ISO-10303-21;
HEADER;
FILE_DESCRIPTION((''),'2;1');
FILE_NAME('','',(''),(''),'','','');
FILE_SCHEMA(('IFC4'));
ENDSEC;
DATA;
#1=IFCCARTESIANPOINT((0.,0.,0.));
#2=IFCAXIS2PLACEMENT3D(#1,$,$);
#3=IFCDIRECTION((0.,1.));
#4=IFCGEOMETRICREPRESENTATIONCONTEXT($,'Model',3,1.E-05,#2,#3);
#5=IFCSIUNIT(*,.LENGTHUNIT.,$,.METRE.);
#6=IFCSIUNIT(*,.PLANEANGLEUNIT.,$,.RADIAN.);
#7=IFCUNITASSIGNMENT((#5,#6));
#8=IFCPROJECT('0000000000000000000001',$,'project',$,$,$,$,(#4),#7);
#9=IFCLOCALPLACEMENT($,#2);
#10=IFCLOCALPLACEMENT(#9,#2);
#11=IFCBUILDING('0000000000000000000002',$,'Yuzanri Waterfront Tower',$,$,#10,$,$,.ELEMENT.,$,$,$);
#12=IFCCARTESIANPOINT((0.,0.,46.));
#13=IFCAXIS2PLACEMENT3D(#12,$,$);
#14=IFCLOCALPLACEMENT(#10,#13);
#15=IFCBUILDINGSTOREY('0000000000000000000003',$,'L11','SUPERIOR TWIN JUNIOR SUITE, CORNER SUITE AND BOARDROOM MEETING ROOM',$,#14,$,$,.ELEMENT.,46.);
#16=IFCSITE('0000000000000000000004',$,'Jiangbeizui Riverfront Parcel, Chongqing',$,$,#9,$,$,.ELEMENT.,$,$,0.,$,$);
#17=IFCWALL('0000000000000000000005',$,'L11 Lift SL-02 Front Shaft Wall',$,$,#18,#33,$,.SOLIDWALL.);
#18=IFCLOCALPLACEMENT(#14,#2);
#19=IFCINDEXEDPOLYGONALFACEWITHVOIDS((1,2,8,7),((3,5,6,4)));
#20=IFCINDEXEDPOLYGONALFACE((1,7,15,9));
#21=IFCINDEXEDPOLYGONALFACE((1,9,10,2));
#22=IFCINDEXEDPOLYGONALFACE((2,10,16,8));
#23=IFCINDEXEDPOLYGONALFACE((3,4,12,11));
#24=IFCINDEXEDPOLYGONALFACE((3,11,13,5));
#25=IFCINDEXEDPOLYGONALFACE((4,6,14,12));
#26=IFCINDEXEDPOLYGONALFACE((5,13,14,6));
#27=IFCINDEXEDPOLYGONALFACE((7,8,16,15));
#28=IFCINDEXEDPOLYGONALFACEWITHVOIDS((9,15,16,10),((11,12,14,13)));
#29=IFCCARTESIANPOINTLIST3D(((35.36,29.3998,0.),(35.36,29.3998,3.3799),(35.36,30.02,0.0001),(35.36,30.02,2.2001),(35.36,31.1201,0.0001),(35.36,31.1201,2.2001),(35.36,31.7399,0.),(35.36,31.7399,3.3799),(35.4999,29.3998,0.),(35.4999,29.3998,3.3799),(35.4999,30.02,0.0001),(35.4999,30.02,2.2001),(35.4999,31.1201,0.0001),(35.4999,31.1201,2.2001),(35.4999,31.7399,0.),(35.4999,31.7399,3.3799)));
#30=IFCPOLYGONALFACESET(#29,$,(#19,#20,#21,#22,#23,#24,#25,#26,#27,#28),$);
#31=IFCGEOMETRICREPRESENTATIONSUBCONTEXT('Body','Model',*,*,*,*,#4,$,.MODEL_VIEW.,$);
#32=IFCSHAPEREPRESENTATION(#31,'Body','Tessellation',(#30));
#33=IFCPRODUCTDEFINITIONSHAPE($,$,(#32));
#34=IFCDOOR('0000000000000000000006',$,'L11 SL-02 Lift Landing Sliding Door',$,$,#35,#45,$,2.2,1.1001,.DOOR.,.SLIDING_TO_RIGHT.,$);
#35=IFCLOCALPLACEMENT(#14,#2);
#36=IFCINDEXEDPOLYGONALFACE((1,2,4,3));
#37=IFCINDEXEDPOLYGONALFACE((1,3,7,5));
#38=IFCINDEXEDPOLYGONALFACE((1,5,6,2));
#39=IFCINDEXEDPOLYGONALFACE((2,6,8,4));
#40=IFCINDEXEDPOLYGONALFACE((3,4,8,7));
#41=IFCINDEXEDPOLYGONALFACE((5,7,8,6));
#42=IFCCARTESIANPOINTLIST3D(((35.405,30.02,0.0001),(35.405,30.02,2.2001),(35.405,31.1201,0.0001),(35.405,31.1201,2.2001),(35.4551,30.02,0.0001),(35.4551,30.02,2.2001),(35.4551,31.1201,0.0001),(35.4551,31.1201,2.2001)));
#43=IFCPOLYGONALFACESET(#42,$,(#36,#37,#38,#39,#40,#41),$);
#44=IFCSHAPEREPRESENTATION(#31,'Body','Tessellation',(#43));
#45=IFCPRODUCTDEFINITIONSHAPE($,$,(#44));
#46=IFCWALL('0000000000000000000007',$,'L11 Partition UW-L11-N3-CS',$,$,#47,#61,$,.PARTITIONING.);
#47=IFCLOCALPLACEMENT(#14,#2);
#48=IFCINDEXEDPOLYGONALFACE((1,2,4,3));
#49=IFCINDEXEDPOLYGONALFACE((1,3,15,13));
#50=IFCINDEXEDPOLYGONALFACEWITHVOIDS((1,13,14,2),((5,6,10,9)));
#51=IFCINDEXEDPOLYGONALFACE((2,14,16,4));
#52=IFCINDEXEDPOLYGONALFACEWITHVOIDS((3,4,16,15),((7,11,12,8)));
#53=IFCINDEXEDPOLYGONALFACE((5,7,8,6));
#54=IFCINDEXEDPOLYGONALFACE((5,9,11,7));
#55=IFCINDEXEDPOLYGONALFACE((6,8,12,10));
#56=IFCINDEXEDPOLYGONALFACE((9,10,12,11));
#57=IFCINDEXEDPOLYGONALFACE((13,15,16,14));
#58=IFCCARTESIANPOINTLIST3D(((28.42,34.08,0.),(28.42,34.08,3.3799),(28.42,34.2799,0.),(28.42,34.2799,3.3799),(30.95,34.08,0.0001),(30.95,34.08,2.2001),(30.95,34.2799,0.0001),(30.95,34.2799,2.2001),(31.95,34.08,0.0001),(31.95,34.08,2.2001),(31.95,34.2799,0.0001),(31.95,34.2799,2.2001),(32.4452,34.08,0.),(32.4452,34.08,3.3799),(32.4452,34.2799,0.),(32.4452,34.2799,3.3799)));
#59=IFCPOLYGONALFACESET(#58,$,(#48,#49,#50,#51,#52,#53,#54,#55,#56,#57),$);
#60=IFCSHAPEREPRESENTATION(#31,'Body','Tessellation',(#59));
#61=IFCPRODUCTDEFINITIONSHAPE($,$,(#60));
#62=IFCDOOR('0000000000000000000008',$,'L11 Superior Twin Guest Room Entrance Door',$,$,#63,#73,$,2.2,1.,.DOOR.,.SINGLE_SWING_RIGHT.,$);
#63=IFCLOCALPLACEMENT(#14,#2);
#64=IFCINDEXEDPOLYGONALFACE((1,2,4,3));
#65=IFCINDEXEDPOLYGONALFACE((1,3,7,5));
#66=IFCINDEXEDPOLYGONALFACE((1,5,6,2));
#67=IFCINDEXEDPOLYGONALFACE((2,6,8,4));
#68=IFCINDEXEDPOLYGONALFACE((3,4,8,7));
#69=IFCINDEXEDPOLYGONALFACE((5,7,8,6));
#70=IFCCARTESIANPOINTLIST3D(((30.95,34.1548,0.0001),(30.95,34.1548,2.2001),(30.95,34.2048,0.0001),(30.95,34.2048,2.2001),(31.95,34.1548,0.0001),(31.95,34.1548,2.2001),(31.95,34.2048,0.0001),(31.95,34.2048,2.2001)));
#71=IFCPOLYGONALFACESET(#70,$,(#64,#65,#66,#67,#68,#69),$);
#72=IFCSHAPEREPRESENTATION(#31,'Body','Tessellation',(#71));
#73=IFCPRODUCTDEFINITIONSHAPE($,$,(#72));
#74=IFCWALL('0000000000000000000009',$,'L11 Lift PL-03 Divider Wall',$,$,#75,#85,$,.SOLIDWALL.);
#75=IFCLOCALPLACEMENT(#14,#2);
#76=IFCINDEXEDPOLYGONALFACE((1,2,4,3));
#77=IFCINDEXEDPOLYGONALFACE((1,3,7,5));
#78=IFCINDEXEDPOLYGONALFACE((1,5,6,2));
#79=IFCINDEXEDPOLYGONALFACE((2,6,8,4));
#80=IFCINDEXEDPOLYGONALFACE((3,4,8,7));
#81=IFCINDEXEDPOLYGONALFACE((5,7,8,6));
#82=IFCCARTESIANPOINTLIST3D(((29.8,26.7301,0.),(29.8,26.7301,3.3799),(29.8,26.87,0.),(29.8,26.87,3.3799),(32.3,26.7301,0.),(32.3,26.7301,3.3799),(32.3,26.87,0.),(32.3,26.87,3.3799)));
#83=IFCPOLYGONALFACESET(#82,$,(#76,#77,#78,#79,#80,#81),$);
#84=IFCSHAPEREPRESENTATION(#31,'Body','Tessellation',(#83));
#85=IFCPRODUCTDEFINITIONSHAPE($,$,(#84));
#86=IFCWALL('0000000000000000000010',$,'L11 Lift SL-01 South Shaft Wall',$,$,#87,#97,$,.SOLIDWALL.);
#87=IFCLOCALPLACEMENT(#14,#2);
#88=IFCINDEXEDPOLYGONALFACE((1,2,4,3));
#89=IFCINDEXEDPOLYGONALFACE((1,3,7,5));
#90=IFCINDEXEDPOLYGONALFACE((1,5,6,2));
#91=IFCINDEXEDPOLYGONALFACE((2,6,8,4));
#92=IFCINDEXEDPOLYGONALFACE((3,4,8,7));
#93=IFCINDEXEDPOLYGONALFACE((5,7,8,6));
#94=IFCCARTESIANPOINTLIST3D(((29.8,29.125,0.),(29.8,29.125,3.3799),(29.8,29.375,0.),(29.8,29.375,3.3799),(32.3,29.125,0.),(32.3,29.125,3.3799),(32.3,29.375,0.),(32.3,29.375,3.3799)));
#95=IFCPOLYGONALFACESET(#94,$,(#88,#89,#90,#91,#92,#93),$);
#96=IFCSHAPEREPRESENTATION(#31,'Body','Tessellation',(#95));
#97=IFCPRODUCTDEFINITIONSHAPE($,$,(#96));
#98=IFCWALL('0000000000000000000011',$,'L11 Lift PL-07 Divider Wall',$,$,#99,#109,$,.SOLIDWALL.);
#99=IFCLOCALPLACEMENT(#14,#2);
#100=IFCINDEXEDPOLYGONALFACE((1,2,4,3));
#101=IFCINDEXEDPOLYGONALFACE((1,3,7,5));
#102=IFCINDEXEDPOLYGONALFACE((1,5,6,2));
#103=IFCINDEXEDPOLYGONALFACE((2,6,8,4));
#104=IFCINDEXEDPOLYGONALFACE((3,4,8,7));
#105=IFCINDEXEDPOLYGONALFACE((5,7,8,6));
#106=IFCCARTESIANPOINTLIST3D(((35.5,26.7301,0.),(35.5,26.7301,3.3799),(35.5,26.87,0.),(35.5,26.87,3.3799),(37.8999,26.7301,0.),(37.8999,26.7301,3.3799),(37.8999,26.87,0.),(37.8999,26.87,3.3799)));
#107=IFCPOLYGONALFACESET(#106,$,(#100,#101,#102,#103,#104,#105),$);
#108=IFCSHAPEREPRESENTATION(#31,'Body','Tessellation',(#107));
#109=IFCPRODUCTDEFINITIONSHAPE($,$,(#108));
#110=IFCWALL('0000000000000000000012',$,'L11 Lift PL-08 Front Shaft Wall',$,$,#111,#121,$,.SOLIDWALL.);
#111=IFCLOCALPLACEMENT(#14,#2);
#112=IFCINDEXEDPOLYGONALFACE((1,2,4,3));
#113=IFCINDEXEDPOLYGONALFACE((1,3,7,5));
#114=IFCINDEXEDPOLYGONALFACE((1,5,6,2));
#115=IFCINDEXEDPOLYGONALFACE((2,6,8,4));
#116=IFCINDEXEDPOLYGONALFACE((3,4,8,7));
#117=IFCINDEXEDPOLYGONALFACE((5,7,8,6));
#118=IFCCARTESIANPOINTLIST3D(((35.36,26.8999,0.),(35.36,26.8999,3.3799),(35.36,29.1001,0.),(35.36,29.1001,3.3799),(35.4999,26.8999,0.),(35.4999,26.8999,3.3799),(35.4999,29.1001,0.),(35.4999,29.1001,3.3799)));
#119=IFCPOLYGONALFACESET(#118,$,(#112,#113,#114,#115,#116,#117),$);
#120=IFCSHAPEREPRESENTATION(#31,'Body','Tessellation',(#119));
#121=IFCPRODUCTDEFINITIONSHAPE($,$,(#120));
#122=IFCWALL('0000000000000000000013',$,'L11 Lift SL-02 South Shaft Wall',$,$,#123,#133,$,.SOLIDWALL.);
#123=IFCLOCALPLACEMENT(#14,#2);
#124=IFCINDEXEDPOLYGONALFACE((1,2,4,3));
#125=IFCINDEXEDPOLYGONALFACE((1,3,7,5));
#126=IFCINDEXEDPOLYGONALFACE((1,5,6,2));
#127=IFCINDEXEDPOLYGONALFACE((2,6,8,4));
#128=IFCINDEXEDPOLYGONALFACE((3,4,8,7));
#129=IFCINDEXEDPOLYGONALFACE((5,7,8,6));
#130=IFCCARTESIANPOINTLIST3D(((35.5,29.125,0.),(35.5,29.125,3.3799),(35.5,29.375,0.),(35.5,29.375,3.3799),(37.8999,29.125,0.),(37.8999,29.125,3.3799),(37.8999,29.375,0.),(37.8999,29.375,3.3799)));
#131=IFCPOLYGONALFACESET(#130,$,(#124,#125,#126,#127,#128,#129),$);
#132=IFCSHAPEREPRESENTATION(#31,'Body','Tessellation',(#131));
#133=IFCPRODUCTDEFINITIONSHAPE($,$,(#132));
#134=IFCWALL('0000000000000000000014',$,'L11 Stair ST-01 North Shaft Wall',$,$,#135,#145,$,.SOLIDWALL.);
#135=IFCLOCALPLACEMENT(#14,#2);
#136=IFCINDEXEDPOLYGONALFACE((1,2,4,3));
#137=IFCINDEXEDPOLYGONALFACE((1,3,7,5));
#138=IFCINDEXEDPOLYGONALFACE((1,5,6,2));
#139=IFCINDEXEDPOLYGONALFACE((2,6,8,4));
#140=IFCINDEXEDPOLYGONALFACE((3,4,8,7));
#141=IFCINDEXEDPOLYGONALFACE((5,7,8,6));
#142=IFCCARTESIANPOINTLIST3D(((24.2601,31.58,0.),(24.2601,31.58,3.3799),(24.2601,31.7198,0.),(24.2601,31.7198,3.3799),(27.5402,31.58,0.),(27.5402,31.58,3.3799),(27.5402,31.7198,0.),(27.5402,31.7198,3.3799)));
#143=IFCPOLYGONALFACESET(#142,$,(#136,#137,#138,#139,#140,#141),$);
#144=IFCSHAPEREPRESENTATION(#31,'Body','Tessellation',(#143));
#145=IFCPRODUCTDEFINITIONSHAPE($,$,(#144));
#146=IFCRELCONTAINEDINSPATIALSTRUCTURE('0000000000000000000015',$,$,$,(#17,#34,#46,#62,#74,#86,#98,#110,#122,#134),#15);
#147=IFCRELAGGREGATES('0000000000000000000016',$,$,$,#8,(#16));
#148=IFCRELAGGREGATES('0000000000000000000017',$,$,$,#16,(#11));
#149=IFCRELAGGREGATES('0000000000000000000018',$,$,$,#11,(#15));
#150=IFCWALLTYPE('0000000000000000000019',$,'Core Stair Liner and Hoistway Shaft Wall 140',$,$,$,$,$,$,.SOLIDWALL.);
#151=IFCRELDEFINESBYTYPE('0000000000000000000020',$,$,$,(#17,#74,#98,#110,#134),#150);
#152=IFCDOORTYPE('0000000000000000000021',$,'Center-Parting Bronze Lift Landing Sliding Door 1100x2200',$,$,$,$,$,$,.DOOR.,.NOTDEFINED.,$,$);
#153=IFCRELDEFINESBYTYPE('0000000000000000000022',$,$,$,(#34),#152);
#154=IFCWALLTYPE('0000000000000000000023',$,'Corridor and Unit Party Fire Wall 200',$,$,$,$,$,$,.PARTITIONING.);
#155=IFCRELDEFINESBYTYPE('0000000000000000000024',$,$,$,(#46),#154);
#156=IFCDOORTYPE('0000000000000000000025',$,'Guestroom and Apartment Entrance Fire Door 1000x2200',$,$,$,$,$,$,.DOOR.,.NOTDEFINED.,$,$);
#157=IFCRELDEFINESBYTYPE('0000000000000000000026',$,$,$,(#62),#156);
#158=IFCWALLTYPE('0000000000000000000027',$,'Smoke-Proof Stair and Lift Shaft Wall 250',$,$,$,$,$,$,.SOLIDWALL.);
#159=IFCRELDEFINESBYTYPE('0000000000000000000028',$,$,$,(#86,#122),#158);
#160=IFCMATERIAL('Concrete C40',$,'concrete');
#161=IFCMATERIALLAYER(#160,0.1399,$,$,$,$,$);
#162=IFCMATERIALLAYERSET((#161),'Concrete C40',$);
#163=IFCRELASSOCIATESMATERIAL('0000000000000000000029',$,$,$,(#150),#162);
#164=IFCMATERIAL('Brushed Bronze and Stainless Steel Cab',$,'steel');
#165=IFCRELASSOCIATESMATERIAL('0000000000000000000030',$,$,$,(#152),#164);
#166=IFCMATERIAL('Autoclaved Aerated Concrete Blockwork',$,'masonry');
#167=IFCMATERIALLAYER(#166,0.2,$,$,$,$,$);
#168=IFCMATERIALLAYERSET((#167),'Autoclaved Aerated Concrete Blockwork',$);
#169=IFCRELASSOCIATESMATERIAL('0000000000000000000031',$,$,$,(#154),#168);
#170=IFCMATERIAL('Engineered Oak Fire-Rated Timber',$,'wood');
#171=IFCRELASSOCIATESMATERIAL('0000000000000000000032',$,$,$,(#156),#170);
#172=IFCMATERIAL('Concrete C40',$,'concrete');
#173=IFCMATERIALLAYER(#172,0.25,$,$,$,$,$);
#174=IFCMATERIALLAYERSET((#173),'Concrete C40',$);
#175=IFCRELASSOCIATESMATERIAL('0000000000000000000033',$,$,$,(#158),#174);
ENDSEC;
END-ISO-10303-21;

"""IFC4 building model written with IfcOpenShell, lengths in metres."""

from ifc_helpers import new_model, si_unit, direction, frame, frame_2d, origin, place, context, subcontext, project, spatial, rectangle, extrude, source, transform, mapped, material, layer, layer_set, type_object, element, fill, save


model = new_model("IFC4")

# Units and contexts
model_context = context("Model", 3, precision=1e-05, world=origin(), true_north=direction((0.0, 1.0)))
body_context = subcontext(model_context, "Body", "Model", "MODEL_VIEW")
ifc_project = project(units=[si_unit("LENGTHUNIT", "METRE"), si_unit("PLANEANGLEUNIT", "RADIAN")], contexts=[model_context])

# Site, building, storey
site_placement = place(None, origin())
site = spatial("IfcSite", under=ifc_project, at=site_placement, Name="Jiangbeizui Riverfront Parcel, Chongqing", CompositionType="ELEMENT", RefElevation=0.0)
building_placement = place(site_placement, origin())
building = spatial("IfcBuilding", under=site, at=building_placement, Name="Yuzanri Waterfront Tower", CompositionType="ELEMENT")
storey_placement = place(building_placement, frame((0.0, 0.0, 46.0)))
storey = spatial("IfcBuildingStorey", under=building, at=storey_placement, Name="L11", Description="SUPERIOR TWIN JUNIOR SUITE, CORNER SUITE AND BOARDROOM MEETING ROOM", CompositionType="ELEMENT", Elevation=46.0)

# Walls, openings, doors
ifc_material_1 = material(Name="Concrete C40", Category="concrete")
ifc_layer_1 = layer(ifc_material_1, 0.1399)
ifc_layer_set_1 = layer_set([ifc_layer_1], Name="Concrete C40")
wall_type_1 = type_object("IfcWallType", Name="Core Stair Liner and Hoistway Shaft Wall 140", PredefinedType="SOLIDWALL", material=ifc_layer_set_1)
ifc_material_2 = material(Name="Brushed Bronze and Stainless Steel Cab", Category="steel")
door_type_1 = type_object("IfcDoorType", Name="Center-Parting Bronze Lift Landing Sliding Door 1100x2200", OperationType="NOTDEFINED", PredefinedType="DOOR", material=ifc_material_2)
shared_shape_1 = source(origin(), body_context, "Body", "SweptSolid", [
    extrude(rectangle(XDim=1.1001, YDim=2.2, at=frame_2d((0.55, 1.1001))), frame((0.0, 0.0249, 0.0), z_axis=(0.0, -1.0, 0.0), x_axis=(1.0, 0.0, 0.0)), (0.0, 0.0, 1.0), 0.05),
])
wall_1_placement = place(storey_placement, frame((35.4299, 29.3999, 0.0), z_axis=(0.0, 0.0, 1.0), x_axis=(0.0, 1.0, 0.0)))
wall_1 = element("IfcWall", 1, at=wall_1_placement, inside=storey, type_object=wall_type_1, Name="L11 Lift SL-02 Front Shaft Wall", PredefinedType="SOLIDWALL", context=body_context, shape_type="SweptSolid", body=[
    extrude(rectangle(XDim=2.3401, YDim=0.1399, at=frame_2d((1.1699, 0.0))), origin(), (0.0, 0.0, 1.0), 3.3799),
])
opening_1_placement = place(wall_1_placement, frame((0.6201, 0.0, 0.0)))
opening_1 = element("IfcOpeningElement", 2, at=opening_1_placement, cuts=wall_1, PredefinedType="OPENING", context=body_context, shape_type="SweptSolid", body=[
    extrude(rectangle(XDim=1.1001, YDim=2.2, at=frame_2d((0.55, 1.1001))), frame((0.0, 0.085, 0.0), z_axis=(0.0, -1.0, 0.0), x_axis=(1.0, 0.0, 0.0)), (0.0, 0.0, 1.0), 0.1697),
])
door_1_placement = place(opening_1_placement, origin())
door_1 = element("IfcDoor", 3, at=door_1_placement, inside=storey, type_object=door_type_1, Name="L11 SL-02 Lift Landing Sliding Door", OperationType="SLIDING_TO_RIGHT", OverallHeight=2.2, OverallWidth=1.1001, PredefinedType="DOOR", context=body_context, shape_type="MappedRepresentation", body=[
    mapped(shared_shape_1, transform((0.0, 0.0, 0.0), scale=1.0)),
])
fill(opening_1, door_1)
ifc_material_3 = material(Name="Autoclaved Aerated Concrete Blockwork", Category="masonry")
ifc_layer_2 = layer(ifc_material_3, 0.2)
ifc_layer_set_2 = layer_set([ifc_layer_2], Name="Autoclaved Aerated Concrete Blockwork")
wall_type_2 = type_object("IfcWallType", Name="Corridor and Unit Party Fire Wall 200", PredefinedType="PARTITIONING", material=ifc_layer_set_2)
wall_2_placement = place(storey_placement, frame((28.4199, 34.1799, 0.0), z_axis=(0.0, 0.0, 1.0), x_axis=(1.0, 0.0, 0.0)))
wall_2 = element("IfcWall", 4, at=wall_2_placement, inside=storey, type_object=wall_type_2, Name="L11 Partition UW-L11-N3-CS", PredefinedType="PARTITIONING", context=body_context, shape_type="SweptSolid", body=[
    extrude(rectangle(XDim=4.0251, YDim=0.2, at=frame_2d((2.0127, 0.0))), origin(), (0.0, 0.0, 1.0), 3.3799),
])
opening_2_placement = place(wall_2_placement, frame((2.53, 0.0, 0.0)))
opening_2 = element("IfcOpeningElement", 5, at=opening_2_placement, cuts=wall_2, PredefinedType="OPENING", context=body_context, shape_type="SweptSolid", body=[
    extrude(rectangle(XDim=1.0, YDim=2.2, at=frame_2d((0.5, 1.1001))), frame((0.0, 0.1147, 0.0), z_axis=(0.0, -1.0, 0.0), x_axis=(1.0, 0.0, 0.0)), (0.0, 0.0, 1.0), 0.2297),
])
ifc_material_4 = material(Name="Engineered Oak Fire-Rated Timber", Category="wood")
door_type_2 = type_object("IfcDoorType", Name="Guestroom and Apartment Entrance Fire Door 1000x2200", OperationType="NOTDEFINED", PredefinedType="DOOR", material=ifc_material_4)
shared_shape_2 = source(origin(), body_context, "Body", "SweptSolid", [
    extrude(rectangle(XDim=1.0, YDim=2.2, at=frame_2d((0.5, 1.1001))), frame((0.0, 0.0249, 0.0), z_axis=(0.0, -1.0, 0.0), x_axis=(1.0, 0.0, 0.0)), (0.0, 0.0, 1.0), 0.05),
])
door_2_placement = place(opening_2_placement, origin())
door_2 = element("IfcDoor", 6, at=door_2_placement, inside=storey, type_object=door_type_2, Name="L11 Superior Twin Guest Room Entrance Door", OperationType="SINGLE_SWING_RIGHT", OverallHeight=2.2, OverallWidth=1.0, PredefinedType="DOOR", context=body_context, shape_type="MappedRepresentation", body=[
    mapped(shared_shape_2, transform((0.0, 0.0, 0.0), scale=1.0)),
])
fill(opening_2, door_2)

# Walls
shared_shape_3 = source(origin(), body_context, "Body", "SweptSolid", [
    extrude(rectangle(XDim=2.5, YDim=0.1399, at=frame_2d((1.25, 0.0))), origin(), (0.0, 0.0, 1.0), 3.3799),
])
wall_3_placement = place(storey_placement, frame((29.8, 26.8, 0.0), z_axis=(0.0, 0.0, 1.0), x_axis=(1.0, 0.0, 0.0)))
element("IfcWall", 7, at=wall_3_placement, inside=storey, type_object=wall_type_1, Name="L11 Lift PL-03 Divider Wall", PredefinedType="SOLIDWALL", context=body_context, shape_type="MappedRepresentation", body=[
    mapped(shared_shape_3, transform((0.0, 0.0, 0.0), scale=1.0)),
])
ifc_material_5 = material(Name="Concrete C40", Category="concrete")
ifc_layer_3 = layer(ifc_material_5, 0.25)
ifc_layer_set_3 = layer_set([ifc_layer_3], Name="Concrete C40")
wall_type_3 = type_object("IfcWallType", Name="Smoke-Proof Stair and Lift Shaft Wall 250", PredefinedType="SOLIDWALL", material=ifc_layer_set_3)
shared_shape_4 = source(origin(), body_context, "Body", "SweptSolid", [
    extrude(rectangle(XDim=2.5, YDim=0.25, at=frame_2d((1.25, 0.0))), origin(), (0.0, 0.0, 1.0), 3.3799),
])
wall_4_placement = place(storey_placement, frame((29.8, 29.25, 0.0), z_axis=(0.0, 0.0, 1.0), x_axis=(1.0, 0.0, 0.0)))
element("IfcWall", 8, at=wall_4_placement, inside=storey, type_object=wall_type_3, Name="L11 Lift SL-01 South Shaft Wall", PredefinedType="SOLIDWALL", context=body_context, shape_type="MappedRepresentation", body=[
    mapped(shared_shape_4, transform((0.0, 0.0, 0.0), scale=1.0)),
])
shared_shape_5 = source(origin(), body_context, "Body", "SweptSolid", [
    extrude(rectangle(XDim=2.3999, YDim=0.1399, at=frame_2d((1.2, 0.0))), origin(), (0.0, 0.0, 1.0), 3.3799),
])
wall_5_placement = place(storey_placement, frame((35.5, 26.8, 0.0), z_axis=(0.0, 0.0, 1.0), x_axis=(1.0, 0.0, 0.0)))
element("IfcWall", 9, at=wall_5_placement, inside=storey, type_object=wall_type_1, Name="L11 Lift PL-07 Divider Wall", PredefinedType="SOLIDWALL", context=body_context, shape_type="MappedRepresentation", body=[
    mapped(shared_shape_5, transform((0.0, 0.0, 0.0), scale=1.0)),
])
shared_shape_6 = source(origin(), body_context, "Body", "SweptSolid", [
    extrude(rectangle(XDim=2.2002, YDim=0.1399, at=frame_2d((1.1001, 0.0))), origin(), (0.0, 0.0, 1.0), 3.3799),
])
wall_6_placement = place(storey_placement, frame((35.4299, 26.8999, 0.0), z_axis=(0.0, 0.0, 1.0), x_axis=(0.0, 1.0, 0.0)))
element("IfcWall", 10, at=wall_6_placement, inside=storey, type_object=wall_type_1, Name="L11 Lift PL-08 Front Shaft Wall", PredefinedType="SOLIDWALL", context=body_context, shape_type="MappedRepresentation", body=[
    mapped(shared_shape_6, transform((0.0, 0.0, 0.0), scale=1.0)),
])
shared_shape_7 = source(origin(), body_context, "Body", "SweptSolid", [
    extrude(rectangle(XDim=2.3999, YDim=0.25, at=frame_2d((1.2, 0.0))), origin(), (0.0, 0.0, 1.0), 3.3799),
])
wall_7_placement = place(storey_placement, frame((35.5, 29.25, 0.0), z_axis=(0.0, 0.0, 1.0), x_axis=(1.0, 0.0, 0.0)))
element("IfcWall", 11, at=wall_7_placement, inside=storey, type_object=wall_type_3, Name="L11 Lift SL-02 South Shaft Wall", PredefinedType="SOLIDWALL", context=body_context, shape_type="MappedRepresentation", body=[
    mapped(shared_shape_7, transform((0.0, 0.0, 0.0), scale=1.0)),
])
shared_shape_8 = source(origin(), body_context, "Body", "SweptSolid", [
    extrude(rectangle(XDim=3.28, YDim=0.1399, at=frame_2d((1.6401, 0.0))), origin(), (0.0, 0.0, 1.0), 3.3799),
])
wall_8_placement = place(storey_placement, frame((24.26, 31.6499, 0.0), z_axis=(0.0, 0.0, 1.0), x_axis=(1.0, 0.0, 0.0)))
element("IfcWall", 12, at=wall_8_placement, inside=storey, type_object=wall_type_1, Name="L11 Stair ST-01 North Shaft Wall", PredefinedType="SOLIDWALL", context=body_context, shape_type="MappedRepresentation", body=[
    mapped(shared_shape_8, transform((0.0, 0.0, 0.0), scale=1.0)),
])

save(model, "model.ifc")
